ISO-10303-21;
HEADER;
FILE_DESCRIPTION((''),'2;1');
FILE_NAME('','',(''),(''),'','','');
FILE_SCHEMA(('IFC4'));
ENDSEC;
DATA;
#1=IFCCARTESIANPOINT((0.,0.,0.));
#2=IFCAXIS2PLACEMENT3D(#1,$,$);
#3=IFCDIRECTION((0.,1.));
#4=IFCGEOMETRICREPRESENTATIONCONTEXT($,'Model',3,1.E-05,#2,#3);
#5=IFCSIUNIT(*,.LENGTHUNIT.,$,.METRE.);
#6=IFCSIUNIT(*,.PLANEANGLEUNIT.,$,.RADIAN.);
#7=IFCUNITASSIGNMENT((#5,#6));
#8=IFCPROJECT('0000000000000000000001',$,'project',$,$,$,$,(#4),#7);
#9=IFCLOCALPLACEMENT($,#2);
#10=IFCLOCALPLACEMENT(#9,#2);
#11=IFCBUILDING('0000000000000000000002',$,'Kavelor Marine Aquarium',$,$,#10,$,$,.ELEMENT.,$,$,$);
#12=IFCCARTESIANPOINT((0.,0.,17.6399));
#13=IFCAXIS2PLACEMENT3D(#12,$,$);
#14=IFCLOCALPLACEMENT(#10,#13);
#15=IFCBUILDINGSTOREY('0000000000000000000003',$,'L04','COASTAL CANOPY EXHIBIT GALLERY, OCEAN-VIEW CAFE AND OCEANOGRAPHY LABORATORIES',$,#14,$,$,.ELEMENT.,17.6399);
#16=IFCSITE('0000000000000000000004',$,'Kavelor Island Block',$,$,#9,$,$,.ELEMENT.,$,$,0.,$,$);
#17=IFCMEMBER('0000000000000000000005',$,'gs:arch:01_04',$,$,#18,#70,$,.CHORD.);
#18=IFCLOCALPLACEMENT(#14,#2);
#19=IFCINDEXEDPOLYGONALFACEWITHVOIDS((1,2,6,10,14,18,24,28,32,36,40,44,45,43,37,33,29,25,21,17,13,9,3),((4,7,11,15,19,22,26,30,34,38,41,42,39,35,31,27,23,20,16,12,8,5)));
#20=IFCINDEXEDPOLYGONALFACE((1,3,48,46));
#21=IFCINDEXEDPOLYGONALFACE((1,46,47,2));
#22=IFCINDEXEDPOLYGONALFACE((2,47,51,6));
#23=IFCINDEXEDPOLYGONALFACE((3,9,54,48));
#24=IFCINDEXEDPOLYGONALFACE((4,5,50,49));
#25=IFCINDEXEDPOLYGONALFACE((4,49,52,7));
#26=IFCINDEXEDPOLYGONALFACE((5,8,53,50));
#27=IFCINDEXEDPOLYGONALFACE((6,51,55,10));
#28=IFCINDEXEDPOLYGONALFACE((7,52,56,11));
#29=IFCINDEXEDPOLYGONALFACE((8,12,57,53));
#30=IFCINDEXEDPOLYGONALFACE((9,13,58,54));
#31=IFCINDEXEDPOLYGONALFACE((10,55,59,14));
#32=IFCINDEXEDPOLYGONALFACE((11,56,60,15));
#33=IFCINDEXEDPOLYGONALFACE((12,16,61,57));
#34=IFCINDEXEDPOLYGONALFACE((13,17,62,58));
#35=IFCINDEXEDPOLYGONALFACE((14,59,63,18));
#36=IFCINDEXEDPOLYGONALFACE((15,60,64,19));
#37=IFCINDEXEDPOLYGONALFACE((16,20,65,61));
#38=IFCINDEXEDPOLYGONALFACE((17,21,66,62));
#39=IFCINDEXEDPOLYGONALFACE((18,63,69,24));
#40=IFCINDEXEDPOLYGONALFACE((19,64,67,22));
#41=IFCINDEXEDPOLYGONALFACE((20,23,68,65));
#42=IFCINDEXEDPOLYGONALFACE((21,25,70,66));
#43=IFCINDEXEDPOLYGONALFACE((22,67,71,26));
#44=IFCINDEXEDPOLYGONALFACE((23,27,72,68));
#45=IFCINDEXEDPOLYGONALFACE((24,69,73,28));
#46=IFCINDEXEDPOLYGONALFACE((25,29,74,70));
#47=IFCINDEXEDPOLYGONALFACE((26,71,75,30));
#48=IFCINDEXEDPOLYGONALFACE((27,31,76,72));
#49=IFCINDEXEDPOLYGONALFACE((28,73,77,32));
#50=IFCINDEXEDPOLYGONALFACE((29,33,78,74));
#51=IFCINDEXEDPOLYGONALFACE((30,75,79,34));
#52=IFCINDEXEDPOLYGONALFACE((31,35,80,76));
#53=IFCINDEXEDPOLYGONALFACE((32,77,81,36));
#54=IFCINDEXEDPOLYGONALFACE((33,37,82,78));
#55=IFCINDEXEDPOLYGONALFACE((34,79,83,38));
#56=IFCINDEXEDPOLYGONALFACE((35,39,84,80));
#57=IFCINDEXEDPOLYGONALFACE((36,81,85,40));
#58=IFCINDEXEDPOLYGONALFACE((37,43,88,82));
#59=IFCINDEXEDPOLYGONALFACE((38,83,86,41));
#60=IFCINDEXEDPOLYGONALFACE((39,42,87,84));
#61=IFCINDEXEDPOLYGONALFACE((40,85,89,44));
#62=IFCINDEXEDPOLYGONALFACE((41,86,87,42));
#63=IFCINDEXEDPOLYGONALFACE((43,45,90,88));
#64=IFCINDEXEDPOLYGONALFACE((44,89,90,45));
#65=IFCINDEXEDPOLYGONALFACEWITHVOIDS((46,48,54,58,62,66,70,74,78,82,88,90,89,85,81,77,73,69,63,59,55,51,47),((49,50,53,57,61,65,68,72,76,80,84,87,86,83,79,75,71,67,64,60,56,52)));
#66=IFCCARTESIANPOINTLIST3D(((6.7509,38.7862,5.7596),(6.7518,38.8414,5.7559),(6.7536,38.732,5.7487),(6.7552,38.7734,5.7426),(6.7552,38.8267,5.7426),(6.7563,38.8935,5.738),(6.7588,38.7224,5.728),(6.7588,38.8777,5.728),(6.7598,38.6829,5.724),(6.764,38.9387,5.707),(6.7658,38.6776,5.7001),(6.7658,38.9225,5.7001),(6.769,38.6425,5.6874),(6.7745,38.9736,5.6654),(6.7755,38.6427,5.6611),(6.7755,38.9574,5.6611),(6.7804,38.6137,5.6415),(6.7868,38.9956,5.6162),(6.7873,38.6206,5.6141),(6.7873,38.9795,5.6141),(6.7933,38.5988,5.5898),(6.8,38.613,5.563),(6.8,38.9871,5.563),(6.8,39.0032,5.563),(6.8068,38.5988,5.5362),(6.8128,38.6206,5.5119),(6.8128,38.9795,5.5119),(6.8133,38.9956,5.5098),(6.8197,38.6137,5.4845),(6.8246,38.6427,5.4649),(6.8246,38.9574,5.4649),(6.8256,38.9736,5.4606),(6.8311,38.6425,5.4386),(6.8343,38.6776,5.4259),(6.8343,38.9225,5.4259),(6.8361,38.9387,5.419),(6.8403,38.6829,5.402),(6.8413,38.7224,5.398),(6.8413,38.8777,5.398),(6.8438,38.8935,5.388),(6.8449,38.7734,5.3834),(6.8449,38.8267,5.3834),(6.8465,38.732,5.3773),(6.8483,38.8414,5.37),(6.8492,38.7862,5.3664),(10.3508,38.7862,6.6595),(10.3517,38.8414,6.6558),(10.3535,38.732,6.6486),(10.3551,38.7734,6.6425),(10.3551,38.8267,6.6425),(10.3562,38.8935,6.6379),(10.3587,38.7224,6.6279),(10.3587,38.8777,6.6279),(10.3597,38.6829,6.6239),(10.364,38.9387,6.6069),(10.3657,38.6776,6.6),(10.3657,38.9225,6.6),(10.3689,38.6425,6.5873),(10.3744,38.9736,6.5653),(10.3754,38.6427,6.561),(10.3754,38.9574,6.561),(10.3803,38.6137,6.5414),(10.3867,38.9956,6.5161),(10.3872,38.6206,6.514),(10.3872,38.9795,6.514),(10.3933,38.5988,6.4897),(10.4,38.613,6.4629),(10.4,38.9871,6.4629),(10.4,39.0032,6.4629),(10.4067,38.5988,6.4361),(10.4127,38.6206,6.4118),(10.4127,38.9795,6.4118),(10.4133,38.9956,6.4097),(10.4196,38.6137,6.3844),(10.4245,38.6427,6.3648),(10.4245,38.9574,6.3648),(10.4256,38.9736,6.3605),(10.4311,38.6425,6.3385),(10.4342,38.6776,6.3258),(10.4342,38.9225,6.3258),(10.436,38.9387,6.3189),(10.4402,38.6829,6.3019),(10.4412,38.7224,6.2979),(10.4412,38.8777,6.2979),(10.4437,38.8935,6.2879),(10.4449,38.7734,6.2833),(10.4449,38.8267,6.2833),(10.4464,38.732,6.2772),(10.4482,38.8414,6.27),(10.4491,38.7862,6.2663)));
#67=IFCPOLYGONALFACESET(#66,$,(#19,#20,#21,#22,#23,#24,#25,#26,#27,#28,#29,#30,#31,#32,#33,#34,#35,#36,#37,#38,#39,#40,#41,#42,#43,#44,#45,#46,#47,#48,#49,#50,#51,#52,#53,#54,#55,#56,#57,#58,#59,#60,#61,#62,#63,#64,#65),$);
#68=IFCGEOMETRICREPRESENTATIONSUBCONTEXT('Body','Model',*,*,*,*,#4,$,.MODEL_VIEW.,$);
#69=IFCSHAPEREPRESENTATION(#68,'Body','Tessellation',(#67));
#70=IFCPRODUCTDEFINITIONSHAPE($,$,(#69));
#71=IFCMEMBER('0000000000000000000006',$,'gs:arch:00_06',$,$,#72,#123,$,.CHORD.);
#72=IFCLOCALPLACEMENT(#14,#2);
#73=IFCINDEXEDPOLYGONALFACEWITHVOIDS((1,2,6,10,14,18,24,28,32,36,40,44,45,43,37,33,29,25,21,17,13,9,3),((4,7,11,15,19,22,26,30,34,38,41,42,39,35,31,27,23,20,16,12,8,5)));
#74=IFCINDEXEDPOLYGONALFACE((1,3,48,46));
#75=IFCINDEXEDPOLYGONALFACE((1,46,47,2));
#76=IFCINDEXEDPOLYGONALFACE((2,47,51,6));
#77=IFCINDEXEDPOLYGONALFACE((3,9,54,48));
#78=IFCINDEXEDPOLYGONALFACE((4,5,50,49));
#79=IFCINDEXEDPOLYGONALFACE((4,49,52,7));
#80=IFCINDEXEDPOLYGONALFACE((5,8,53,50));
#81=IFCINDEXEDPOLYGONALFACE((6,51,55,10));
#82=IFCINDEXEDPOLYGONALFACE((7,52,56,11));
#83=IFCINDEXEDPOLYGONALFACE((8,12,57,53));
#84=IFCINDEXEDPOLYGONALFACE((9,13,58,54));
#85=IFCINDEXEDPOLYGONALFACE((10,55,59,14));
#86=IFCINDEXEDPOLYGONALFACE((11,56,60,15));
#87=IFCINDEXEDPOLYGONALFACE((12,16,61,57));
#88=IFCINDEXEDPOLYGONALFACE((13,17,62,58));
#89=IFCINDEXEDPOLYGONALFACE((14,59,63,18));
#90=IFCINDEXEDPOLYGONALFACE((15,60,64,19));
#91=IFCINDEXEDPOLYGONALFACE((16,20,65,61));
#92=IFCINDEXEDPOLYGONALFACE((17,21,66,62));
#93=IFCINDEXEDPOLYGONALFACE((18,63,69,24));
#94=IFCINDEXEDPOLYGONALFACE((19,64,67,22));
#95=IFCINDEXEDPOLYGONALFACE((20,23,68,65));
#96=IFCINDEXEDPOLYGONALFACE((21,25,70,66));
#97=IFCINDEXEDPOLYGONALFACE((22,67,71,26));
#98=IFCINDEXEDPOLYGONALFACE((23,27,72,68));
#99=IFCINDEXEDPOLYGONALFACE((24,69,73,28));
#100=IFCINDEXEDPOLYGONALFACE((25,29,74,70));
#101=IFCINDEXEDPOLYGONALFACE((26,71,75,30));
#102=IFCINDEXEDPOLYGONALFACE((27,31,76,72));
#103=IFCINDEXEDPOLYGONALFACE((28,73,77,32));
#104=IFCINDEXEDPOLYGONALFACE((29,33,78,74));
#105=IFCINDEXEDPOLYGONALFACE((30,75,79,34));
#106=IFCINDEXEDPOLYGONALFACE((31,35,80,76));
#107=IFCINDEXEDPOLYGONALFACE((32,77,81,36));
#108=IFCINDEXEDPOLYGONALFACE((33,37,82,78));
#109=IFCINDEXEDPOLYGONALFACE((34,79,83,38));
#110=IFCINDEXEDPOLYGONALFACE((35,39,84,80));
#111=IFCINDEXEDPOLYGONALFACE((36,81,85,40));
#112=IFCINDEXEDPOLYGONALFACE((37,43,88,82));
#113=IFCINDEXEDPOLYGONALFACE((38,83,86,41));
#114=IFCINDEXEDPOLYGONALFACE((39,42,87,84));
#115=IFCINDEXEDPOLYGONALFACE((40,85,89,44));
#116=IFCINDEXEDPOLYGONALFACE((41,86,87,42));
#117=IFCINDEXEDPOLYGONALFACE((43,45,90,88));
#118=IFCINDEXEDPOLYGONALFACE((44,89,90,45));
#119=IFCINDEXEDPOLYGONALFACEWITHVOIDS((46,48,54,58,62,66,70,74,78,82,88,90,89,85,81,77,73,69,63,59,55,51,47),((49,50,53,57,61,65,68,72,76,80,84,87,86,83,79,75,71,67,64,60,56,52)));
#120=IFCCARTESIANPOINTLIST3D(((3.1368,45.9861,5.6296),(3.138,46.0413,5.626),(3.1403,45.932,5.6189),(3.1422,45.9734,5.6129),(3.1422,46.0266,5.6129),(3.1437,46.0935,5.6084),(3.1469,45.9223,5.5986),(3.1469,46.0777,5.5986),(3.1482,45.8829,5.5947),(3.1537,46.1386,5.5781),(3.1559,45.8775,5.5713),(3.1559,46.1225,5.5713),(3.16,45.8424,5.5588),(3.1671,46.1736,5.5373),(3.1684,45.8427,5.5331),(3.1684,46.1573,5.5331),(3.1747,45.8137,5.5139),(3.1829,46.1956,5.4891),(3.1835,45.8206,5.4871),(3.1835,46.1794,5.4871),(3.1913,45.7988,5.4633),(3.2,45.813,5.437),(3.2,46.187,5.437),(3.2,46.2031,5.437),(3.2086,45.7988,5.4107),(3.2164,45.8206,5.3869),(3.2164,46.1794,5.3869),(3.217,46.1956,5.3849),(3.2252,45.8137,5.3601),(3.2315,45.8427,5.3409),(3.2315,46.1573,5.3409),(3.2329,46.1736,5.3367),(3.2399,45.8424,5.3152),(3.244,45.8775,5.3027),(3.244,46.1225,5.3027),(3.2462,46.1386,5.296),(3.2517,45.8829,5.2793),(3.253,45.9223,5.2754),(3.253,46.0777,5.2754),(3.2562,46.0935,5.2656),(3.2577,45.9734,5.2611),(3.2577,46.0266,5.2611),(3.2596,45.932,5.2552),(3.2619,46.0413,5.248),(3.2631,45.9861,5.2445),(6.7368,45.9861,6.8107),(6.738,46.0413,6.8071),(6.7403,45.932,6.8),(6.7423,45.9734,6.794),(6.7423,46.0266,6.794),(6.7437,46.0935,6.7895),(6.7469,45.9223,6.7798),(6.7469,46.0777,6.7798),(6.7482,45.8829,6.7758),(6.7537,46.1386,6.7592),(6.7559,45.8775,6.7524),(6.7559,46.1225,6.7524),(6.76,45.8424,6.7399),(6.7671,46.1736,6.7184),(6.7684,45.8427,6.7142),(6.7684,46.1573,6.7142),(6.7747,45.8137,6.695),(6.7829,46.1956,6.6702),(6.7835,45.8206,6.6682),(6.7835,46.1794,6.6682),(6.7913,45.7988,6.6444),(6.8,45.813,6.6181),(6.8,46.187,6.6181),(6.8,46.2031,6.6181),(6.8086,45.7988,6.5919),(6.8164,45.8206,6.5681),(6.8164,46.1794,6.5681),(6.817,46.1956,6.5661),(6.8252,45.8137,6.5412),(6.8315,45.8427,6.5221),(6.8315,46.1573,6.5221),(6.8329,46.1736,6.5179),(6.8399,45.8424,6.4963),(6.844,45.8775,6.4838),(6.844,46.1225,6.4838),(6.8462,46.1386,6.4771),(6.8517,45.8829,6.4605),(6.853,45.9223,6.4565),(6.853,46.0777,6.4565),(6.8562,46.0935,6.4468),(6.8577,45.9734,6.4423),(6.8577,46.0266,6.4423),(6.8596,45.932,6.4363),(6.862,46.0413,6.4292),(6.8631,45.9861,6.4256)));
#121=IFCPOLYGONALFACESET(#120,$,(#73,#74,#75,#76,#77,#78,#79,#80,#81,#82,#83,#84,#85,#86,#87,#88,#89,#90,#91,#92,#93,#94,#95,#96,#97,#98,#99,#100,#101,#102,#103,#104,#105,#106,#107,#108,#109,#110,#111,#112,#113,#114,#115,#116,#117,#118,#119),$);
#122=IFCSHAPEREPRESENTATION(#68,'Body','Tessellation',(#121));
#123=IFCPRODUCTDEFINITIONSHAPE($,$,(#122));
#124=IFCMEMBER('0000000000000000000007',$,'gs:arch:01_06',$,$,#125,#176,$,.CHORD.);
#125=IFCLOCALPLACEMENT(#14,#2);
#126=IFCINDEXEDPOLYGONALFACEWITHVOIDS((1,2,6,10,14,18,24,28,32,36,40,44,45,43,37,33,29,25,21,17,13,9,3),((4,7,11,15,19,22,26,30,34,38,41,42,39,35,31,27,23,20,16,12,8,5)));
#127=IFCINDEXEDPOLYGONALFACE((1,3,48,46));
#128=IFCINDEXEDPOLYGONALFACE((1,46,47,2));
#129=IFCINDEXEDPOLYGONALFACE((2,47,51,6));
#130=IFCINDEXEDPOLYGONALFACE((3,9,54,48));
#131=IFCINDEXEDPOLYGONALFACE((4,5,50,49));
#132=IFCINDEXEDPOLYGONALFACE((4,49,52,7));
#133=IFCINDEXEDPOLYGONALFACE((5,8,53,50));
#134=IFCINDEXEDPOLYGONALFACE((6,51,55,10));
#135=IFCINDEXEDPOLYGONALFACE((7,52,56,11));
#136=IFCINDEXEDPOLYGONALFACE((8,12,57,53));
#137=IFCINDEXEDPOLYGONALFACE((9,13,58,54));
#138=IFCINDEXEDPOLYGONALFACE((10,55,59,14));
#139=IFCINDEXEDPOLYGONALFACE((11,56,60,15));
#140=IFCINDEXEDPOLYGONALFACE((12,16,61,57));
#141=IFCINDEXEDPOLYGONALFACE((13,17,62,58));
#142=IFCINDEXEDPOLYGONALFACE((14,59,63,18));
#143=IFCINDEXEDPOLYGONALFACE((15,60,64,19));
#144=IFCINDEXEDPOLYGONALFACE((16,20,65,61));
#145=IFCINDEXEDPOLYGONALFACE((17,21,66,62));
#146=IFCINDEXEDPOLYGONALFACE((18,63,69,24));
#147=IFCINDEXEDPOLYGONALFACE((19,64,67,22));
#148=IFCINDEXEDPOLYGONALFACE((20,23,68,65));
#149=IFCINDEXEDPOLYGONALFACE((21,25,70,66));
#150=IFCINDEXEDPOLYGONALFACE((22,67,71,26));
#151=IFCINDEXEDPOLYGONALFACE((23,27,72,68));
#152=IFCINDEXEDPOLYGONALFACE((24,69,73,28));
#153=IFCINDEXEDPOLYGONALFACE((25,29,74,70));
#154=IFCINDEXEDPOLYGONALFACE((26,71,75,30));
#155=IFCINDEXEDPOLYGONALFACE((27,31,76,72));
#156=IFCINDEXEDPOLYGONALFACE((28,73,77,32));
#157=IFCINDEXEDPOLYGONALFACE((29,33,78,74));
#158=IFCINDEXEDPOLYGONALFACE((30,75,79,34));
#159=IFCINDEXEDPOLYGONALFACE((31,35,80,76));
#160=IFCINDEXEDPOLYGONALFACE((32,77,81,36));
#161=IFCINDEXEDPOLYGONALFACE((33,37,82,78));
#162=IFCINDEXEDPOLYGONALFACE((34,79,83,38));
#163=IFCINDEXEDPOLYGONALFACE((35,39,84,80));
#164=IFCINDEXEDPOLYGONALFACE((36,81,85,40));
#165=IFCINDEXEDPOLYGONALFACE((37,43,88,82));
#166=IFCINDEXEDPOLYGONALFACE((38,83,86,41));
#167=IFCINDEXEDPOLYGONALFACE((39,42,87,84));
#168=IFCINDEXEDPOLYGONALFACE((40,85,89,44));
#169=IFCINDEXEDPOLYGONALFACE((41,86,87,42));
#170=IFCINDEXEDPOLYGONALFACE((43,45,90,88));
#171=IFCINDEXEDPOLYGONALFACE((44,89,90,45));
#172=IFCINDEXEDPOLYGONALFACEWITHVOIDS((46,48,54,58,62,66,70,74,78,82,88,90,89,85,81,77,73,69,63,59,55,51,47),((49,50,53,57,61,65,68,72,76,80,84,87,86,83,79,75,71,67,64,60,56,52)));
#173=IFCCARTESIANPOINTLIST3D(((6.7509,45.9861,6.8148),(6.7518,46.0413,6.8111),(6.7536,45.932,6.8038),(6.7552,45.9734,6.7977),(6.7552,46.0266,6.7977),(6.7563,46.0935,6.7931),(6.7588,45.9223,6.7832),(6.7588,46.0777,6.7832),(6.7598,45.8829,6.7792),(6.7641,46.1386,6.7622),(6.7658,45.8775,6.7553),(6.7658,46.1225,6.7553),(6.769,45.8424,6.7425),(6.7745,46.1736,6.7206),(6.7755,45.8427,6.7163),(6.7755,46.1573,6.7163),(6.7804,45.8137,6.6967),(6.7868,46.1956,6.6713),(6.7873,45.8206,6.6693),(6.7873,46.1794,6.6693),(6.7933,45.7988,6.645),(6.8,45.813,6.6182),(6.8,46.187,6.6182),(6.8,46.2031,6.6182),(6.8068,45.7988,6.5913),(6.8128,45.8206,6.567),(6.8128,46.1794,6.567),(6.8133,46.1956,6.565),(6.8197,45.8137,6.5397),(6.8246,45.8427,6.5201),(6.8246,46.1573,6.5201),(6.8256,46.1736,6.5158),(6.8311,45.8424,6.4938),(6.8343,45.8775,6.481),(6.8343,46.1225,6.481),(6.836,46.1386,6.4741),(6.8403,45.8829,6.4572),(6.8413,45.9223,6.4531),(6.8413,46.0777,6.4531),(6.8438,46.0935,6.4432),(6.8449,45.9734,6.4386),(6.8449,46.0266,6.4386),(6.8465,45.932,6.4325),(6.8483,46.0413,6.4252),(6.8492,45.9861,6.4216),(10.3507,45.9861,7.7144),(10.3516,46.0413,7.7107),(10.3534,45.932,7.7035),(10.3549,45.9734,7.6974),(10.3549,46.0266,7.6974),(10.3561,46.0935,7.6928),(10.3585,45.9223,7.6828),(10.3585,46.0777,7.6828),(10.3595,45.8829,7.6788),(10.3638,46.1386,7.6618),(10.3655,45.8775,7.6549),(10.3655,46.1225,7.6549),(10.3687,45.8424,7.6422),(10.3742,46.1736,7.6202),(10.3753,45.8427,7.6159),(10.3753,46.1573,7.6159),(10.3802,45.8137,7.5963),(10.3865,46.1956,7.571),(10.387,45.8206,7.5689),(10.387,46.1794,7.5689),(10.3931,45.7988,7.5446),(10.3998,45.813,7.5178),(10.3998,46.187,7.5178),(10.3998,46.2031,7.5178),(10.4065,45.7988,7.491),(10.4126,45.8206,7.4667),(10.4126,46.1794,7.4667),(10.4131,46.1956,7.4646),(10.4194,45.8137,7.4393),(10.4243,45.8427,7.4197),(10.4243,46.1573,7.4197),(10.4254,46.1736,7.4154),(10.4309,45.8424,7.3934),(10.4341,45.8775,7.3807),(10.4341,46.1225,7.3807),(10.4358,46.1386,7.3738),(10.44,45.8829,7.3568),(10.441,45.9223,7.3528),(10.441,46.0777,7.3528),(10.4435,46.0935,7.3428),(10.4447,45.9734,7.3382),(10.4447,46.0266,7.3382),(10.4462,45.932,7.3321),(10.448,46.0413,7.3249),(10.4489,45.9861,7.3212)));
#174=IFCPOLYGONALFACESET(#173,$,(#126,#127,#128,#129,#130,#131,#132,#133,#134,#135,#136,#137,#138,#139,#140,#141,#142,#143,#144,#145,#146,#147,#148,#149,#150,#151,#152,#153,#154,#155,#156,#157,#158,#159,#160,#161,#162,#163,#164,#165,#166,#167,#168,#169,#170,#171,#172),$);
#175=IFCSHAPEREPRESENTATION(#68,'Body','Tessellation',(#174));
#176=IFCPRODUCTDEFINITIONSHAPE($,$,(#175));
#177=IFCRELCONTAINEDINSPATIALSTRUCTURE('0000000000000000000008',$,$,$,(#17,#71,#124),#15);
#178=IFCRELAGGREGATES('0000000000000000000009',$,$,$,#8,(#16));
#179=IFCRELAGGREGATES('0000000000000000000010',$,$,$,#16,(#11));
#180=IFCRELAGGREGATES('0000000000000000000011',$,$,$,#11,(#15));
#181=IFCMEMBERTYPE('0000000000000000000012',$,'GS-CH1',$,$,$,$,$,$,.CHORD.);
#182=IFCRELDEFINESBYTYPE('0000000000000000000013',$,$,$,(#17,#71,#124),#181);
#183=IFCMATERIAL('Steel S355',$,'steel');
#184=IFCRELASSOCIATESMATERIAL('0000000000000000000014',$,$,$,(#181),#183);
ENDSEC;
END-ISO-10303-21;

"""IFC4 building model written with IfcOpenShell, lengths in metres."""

from ifc_helpers import new_model, si_unit, direction, frame, origin, origin_2d, place, context, subcontext, project, spatial, hollow_circle, extrude, material, material_profile, profile_set, type_object, element, save


model = new_model("IFC4")

# Units and contexts
model_context = context("Model", 3, precision=1e-05, world=origin(), true_north=direction((0.0, 1.0)))
body_context = subcontext(model_context, "Body", "Model", "MODEL_VIEW")
ifc_project = project(units=[si_unit("LENGTHUNIT", "METRE"), si_unit("PLANEANGLEUNIT", "RADIAN")], contexts=[model_context])

# Site, building, storey
site_placement = place(None, origin())
site = spatial("IfcSite", under=ifc_project, at=site_placement, Name="Kavelor Island Block", CompositionType="ELEMENT", RefElevation=0.0)
building_placement = place(site_placement, origin())
building = spatial("IfcBuilding", under=site, at=building_placement, Name="Kavelor Marine Aquarium", CompositionType="ELEMENT")
storey_placement = place(building_placement, frame((0.0, 0.0, 17.6399)))
storey = spatial("IfcBuildingStorey", under=building, at=storey_placement, Name="L04", Description="COASTAL CANOPY EXHIBIT GALLERY, OCEAN-VIEW CAFE AND OCEANOGRAPHY LABORATORIES", CompositionType="ELEMENT", Elevation=17.6399)

# Members
ifc_material_1 = material(Name="Steel S355", Category="steel")
ifc_material_profile_1 = material_profile(ifc_material_1, hollow_circle(Radius=0.2031, WallThickness=0.0161, at=origin_2d()), Name="CHS 406.4x16.0")
ifc_profile_set_1 = profile_set([ifc_material_profile_1], Name="Steel S355")
member_type_1 = type_object("IfcMemberType", Name="GS-CH1", PredefinedType="CHORD", material=ifc_profile_set_1)
member_1_placement = place(storey_placement, frame((6.8, 38.8, 5.563), z_axis=(0.970146, 0.0, 0.24252), x_axis=(0.0, 1.0, 0.0)))
element("IfcMember", 1, at=member_1_placement, inside=storey, type_object=member_type_1, Name="gs:arch:01_04", PredefinedType="CHORD", context=body_context, shape_type="SweptSolid", body=[
    extrude(hollow_circle(Radius=0.2031, WallThickness=0.0161, at=origin_2d()), origin(), (0.0, 0.0, 1.0), 3.7107),
])
member_2_placement = place(storey_placement, frame((3.2, 46.0, 5.437), z_axis=(0.950168, 0.0, 0.31174), x_axis=(0.0, 1.0, 0.0)))
element("IfcMember", 2, at=member_2_placement, inside=storey, type_object=member_type_1, Name="gs:arch:00_06", PredefinedType="CHORD", context=body_context, shape_type="SweptSolid", body=[
    extrude(hollow_circle(Radius=0.2031, WallThickness=0.0161, at=origin_2d()), origin(), (0.0, 0.0, 1.0), 3.7888),
])
member_3_placement = place(storey_placement, frame((6.8, 46.0, 6.6182), z_axis=(0.970162, 0.0, 0.242458), x_axis=(0.0, 1.0, 0.0)))
element("IfcMember", 3, at=member_3_placement, inside=storey, type_object=member_type_1, Name="gs:arch:01_06", PredefinedType="CHORD", context=body_context, shape_type="SweptSolid", body=[
    extrude(hollow_circle(Radius=0.2031, WallThickness=0.0161, at=origin_2d()), origin(), (0.0, 0.0, 1.0), 3.7104),
])

save(model, "model.ifc")
